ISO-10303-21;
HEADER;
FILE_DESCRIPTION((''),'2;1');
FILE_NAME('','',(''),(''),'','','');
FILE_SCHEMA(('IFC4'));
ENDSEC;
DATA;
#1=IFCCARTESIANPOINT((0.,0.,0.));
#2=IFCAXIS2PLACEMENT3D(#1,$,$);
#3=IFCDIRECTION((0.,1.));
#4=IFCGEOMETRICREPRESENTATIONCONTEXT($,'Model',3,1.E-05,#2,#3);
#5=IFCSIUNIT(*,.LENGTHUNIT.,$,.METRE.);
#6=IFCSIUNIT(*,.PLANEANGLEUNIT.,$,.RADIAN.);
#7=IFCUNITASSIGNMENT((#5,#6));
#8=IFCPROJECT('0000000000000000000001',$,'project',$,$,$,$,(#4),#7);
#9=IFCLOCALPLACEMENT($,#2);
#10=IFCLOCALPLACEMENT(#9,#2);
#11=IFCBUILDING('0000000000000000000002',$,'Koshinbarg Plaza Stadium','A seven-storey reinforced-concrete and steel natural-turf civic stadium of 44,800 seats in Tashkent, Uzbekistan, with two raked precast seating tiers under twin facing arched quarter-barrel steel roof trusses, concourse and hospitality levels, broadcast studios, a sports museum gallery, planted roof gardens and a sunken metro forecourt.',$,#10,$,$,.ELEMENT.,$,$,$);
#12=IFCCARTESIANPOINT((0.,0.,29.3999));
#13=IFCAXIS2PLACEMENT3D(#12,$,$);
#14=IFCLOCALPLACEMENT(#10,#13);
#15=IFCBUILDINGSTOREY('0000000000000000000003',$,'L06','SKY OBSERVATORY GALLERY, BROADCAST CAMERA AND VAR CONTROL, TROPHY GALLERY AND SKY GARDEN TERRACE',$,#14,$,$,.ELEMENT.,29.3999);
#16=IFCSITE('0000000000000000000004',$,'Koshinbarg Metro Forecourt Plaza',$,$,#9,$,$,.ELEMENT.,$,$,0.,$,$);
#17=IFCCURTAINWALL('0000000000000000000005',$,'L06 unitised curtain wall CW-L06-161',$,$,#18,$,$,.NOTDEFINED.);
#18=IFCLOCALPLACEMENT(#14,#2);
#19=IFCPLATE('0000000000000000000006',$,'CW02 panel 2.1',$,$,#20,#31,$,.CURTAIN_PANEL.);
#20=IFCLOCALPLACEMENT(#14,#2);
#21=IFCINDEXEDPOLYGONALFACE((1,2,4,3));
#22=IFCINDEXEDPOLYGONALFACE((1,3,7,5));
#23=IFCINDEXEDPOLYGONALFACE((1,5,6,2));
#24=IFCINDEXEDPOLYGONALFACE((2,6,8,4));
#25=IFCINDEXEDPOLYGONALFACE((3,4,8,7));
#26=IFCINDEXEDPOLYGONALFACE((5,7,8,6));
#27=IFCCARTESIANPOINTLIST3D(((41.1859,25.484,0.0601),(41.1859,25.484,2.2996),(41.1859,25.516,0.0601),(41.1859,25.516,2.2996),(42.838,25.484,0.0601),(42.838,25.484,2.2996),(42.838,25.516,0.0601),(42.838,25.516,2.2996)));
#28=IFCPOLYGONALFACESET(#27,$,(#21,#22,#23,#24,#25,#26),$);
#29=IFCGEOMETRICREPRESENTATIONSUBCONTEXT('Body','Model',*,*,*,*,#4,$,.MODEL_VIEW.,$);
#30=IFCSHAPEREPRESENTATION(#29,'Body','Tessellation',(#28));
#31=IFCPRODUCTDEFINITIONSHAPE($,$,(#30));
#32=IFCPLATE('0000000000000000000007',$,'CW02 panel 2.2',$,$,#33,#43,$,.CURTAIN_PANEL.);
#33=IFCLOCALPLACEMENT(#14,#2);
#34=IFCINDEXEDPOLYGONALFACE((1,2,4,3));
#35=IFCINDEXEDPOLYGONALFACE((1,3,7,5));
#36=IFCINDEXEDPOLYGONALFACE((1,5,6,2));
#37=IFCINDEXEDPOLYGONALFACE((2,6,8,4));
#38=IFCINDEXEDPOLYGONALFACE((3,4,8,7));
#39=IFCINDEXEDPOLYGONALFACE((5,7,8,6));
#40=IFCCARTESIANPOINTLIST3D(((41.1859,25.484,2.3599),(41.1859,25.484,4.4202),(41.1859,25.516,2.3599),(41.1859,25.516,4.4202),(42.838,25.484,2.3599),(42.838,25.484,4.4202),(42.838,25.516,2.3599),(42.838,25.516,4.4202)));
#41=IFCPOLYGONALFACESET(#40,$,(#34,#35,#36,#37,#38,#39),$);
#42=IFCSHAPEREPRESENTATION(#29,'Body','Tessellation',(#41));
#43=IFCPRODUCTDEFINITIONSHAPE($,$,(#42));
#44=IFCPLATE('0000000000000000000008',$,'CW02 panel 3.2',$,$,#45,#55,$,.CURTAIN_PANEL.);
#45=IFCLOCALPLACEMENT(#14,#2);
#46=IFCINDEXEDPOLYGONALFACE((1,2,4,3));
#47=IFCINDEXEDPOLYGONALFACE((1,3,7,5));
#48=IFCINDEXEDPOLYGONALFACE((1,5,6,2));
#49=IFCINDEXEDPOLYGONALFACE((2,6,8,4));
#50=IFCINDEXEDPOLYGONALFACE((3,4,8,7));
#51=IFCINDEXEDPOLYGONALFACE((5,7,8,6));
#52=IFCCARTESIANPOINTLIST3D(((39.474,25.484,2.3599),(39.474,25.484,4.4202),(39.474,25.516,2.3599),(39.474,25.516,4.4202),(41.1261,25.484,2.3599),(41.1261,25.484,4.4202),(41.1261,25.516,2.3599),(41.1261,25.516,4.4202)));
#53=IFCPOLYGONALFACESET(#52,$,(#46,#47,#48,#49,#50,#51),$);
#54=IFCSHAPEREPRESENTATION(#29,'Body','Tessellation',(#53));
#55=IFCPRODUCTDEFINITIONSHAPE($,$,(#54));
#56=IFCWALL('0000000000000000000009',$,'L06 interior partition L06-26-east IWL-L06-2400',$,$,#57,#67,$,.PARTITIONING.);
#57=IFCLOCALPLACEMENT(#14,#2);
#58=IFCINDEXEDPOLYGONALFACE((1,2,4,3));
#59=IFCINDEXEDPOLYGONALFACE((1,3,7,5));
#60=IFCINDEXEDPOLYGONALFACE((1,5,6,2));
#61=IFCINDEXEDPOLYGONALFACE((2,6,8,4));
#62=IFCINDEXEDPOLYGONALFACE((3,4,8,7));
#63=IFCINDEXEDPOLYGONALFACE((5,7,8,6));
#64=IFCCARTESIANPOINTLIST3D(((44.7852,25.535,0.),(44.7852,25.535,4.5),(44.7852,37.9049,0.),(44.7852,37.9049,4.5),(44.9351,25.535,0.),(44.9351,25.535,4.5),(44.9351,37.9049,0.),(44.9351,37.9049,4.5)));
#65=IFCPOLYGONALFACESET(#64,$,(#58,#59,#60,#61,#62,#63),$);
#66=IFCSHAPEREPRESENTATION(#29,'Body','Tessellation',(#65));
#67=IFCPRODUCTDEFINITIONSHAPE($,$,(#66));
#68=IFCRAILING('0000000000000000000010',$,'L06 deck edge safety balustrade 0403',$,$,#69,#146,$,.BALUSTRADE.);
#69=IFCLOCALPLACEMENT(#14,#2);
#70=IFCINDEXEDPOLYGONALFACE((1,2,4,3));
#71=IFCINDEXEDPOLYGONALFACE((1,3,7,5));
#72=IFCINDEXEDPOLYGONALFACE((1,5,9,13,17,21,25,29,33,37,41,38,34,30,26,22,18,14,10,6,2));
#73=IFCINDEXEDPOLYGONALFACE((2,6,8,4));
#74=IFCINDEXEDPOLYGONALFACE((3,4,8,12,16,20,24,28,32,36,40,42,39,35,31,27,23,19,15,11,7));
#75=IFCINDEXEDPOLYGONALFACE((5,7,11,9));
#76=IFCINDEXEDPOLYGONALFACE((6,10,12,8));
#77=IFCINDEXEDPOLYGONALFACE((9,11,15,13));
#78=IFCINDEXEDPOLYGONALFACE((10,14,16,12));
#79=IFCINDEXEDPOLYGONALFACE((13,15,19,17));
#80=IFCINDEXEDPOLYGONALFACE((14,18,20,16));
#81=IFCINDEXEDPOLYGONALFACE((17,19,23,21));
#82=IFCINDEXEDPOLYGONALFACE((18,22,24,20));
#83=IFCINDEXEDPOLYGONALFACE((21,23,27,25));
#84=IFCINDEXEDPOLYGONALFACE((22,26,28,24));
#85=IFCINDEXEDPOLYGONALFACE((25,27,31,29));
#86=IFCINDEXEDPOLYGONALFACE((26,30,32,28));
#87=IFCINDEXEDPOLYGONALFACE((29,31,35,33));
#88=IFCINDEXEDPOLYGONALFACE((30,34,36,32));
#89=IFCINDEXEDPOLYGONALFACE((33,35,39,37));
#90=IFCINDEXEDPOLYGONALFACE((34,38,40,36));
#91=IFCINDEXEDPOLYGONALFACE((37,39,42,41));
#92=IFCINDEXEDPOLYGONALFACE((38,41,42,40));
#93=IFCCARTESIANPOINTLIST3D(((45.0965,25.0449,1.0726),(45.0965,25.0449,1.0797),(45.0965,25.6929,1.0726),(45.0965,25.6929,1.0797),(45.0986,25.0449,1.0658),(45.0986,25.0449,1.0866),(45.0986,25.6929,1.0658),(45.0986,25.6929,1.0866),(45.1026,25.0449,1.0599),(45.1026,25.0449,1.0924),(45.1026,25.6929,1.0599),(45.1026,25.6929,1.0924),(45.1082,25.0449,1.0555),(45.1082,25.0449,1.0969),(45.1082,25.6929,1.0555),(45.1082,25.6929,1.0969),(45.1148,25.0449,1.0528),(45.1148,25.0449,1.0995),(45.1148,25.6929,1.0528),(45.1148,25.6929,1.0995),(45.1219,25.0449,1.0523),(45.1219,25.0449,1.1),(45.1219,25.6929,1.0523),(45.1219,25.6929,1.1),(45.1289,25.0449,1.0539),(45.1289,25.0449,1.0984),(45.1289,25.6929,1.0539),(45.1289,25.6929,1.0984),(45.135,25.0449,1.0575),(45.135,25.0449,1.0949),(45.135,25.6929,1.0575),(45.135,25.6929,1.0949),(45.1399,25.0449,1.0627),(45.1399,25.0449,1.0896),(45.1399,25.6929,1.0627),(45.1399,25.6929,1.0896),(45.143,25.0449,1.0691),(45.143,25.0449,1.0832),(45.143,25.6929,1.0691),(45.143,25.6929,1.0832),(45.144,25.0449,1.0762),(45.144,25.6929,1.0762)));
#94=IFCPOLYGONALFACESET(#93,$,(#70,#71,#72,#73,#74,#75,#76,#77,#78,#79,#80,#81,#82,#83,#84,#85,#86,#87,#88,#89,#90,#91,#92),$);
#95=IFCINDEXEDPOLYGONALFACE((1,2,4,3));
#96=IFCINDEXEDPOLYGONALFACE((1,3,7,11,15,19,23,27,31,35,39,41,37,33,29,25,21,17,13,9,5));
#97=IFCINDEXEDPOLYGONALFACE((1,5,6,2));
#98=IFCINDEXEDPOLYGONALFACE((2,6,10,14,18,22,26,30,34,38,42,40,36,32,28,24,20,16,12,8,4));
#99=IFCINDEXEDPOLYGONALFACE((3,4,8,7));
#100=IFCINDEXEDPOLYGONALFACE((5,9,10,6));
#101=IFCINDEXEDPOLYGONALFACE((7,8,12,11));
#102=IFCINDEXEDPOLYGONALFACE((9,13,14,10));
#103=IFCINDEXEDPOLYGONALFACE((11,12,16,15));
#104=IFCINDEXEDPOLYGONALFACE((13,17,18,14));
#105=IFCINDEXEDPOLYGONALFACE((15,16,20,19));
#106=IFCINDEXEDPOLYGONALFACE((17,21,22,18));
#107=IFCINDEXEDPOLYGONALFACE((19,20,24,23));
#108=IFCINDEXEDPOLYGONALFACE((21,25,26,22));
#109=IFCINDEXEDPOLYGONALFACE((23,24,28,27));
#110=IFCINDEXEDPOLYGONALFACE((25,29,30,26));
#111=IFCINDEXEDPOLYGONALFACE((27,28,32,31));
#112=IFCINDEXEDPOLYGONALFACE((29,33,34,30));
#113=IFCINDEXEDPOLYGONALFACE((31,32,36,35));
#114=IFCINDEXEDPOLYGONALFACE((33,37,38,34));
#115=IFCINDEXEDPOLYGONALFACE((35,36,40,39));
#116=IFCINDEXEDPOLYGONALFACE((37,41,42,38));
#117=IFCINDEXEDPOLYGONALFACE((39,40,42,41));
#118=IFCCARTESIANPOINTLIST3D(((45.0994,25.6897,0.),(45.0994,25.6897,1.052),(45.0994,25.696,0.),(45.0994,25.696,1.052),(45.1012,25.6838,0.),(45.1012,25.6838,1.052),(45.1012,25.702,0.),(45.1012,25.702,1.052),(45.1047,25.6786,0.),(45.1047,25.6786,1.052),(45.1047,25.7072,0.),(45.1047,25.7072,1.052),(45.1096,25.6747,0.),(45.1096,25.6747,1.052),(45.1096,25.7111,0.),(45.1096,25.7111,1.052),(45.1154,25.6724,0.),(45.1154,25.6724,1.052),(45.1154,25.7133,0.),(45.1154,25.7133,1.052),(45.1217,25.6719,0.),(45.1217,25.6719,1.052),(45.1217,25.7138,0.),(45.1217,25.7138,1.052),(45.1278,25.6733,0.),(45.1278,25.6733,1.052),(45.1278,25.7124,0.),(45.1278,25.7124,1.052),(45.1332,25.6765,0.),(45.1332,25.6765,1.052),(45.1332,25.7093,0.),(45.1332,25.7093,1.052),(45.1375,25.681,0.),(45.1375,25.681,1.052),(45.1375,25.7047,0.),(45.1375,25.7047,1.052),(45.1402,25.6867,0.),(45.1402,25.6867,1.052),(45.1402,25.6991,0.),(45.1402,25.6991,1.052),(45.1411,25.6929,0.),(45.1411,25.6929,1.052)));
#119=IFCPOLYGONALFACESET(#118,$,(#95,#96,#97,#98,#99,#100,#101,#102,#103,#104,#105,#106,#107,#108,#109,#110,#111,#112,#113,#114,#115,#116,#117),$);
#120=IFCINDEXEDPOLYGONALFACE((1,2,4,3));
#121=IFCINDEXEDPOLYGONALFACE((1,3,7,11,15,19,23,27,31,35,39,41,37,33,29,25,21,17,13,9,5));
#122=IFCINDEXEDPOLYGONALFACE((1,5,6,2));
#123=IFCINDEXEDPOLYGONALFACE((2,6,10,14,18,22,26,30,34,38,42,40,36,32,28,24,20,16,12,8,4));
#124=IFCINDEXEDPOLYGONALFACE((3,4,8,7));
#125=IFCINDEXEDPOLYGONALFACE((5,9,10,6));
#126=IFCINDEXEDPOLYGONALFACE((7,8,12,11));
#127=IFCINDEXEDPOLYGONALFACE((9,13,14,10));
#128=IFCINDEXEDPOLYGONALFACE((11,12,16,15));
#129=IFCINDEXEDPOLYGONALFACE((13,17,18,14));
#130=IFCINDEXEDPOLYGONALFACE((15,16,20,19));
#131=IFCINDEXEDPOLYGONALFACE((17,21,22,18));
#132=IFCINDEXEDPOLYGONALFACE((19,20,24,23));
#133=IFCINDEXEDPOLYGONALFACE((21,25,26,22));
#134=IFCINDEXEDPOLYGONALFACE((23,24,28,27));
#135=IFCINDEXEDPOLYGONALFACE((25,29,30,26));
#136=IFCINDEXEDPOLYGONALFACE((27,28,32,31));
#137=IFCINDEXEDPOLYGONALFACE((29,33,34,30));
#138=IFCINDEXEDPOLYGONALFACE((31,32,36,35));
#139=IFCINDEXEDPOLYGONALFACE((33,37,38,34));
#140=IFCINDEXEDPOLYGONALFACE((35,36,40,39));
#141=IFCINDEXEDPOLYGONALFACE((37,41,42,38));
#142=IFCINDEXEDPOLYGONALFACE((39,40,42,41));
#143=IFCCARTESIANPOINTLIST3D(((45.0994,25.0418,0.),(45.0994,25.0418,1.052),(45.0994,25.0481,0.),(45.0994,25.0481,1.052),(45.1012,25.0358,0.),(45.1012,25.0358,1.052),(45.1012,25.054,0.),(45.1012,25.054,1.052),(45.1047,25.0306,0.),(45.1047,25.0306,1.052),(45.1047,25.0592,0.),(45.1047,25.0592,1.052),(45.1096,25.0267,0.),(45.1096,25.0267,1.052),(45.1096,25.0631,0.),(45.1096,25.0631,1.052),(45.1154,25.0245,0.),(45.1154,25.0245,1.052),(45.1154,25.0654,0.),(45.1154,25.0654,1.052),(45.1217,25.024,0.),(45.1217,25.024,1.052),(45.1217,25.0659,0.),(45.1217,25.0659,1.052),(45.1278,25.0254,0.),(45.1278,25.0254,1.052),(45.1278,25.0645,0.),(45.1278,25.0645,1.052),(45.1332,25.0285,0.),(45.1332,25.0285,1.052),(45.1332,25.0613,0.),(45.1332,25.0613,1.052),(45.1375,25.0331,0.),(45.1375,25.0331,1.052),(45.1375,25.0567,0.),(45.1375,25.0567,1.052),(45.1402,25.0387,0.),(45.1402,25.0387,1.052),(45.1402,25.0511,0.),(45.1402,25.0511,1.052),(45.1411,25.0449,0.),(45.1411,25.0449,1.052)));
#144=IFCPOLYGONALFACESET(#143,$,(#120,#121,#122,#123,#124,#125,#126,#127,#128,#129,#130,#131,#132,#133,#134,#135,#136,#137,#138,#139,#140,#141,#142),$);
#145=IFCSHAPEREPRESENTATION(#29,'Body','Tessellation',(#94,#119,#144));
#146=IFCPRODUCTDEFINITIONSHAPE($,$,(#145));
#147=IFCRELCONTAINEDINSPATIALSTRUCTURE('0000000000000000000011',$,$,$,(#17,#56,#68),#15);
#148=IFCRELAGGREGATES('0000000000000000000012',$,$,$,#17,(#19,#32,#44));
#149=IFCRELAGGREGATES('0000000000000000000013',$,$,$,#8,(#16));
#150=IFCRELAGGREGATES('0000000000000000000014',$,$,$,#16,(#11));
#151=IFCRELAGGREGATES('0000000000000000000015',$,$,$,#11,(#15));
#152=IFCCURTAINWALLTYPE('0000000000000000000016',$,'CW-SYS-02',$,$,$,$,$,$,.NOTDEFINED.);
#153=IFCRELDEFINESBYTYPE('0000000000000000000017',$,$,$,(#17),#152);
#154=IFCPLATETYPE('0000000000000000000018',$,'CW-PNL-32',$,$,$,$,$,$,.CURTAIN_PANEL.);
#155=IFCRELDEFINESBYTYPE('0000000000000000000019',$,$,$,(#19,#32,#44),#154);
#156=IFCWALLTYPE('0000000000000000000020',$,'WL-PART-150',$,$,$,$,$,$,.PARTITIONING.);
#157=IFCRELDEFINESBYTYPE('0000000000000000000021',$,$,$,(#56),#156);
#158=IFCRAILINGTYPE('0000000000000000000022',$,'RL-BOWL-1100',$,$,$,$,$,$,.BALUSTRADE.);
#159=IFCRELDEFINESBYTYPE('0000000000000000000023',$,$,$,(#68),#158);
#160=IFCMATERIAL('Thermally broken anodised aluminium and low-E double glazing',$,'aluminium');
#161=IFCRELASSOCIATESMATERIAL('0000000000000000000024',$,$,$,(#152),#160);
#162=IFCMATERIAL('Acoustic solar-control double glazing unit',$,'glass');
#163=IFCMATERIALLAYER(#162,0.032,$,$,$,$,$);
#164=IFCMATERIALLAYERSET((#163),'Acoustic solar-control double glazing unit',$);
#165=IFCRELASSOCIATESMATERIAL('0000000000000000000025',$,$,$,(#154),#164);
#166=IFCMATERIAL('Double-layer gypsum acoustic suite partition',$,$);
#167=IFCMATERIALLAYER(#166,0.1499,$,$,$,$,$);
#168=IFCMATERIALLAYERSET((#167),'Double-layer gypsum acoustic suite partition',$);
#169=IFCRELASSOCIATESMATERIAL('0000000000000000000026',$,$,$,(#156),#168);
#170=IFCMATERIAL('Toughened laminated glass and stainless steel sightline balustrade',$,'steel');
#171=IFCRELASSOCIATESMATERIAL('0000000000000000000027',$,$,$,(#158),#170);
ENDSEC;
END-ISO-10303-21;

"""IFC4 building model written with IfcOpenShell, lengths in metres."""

from ifc_helpers import new_model, si_unit, direction, frame, frame_2d, origin, origin_2d, place, context, subcontext, project, spatial, rectangle, circle, extrude, material, layer, layer_set, type_object, element, aggregate, save


model = new_model("IFC4")

# Units and contexts
model_context = context("Model", 3, precision=1e-05, world=origin(), true_north=direction((0.0, 1.0)))
body_context = subcontext(model_context, "Body", "Model", "MODEL_VIEW")
ifc_project = project(units=[si_unit("LENGTHUNIT", "METRE"), si_unit("PLANEANGLEUNIT", "RADIAN")], contexts=[model_context])

# Site, building, storey
site_placement = place(None, origin())
site = spatial("IfcSite", under=ifc_project, at=site_placement, Name="Koshinbarg Metro Forecourt Plaza", CompositionType="ELEMENT", RefElevation=0.0)
building_placement = place(site_placement, origin())
building = spatial("IfcBuilding", under=site, at=building_placement, Name="Koshinbarg Plaza Stadium", Description="A seven-storey reinforced-concrete and steel natural-turf civic stadium of 44,800 seats in Tashkent, Uzbekistan, with two raked precast seating tiers under twin facing arched quarter-barrel steel roof trusses, concourse and hospitality levels, broadcast studios, a sports museum gallery, planted roof gardens and a sunken metro forecourt.", CompositionType="ELEMENT")
storey_placement = place(building_placement, frame((0.0, 0.0, 29.3999)))
storey = spatial("IfcBuildingStorey", under=building, at=storey_placement, Name="L06", Description="SKY OBSERVATORY GALLERY, BROADCAST CAMERA AND VAR CONTROL, TROPHY GALLERY AND SKY GARDEN TERRACE", CompositionType="ELEMENT", Elevation=29.3999)

# Curtain wall, plates
ifc_material_1 = material(Name="Thermally broken anodised aluminium and low-E double glazing", Category="aluminium")
curtain_wall_type = type_object("IfcCurtainWallType", Name="CW-SYS-02", PredefinedType="NOTDEFINED", material=ifc_material_1)
curtain_wall_placement = place(storey_placement, origin())
curtain_wall = element("IfcCurtainWall", 1, at=curtain_wall_placement, inside=storey, type_object=curtain_wall_type, Name="L06 unitised curtain wall CW-L06-161", PredefinedType="NOTDEFINED")
ifc_material_2 = material(Name="Acoustic solar-control double glazing unit", Category="glass")
ifc_layer_1 = layer(ifc_material_2, 0.032)
ifc_layer_set_1 = layer_set([ifc_layer_1], Name="Acoustic solar-control double glazing unit")
plate_type = type_object("IfcPlateType", Name="CW-PNL-32", PredefinedType="CURTAIN_PANEL", material=ifc_layer_set_1)
plate_1_placement = place(storey_placement, frame((42.012, 25.5, 0.0601), z_axis=(0.0, 0.0, 1.0), x_axis=(-1.0, 0.0, 0.0)))
plate_1 = element("IfcPlate", 2, at=plate_1_placement, type_object=plate_type, Name="CW02 panel 2.1", PredefinedType="CURTAIN_PANEL", context=body_context, shape_type="SweptSolid", body=[
    extrude(rectangle(XDim=1.6521, YDim=0.032, at=origin_2d()), origin(), (0.0, 0.0, 1.0), 2.2395),
])
plate_2_placement = place(storey_placement, frame((42.012, 25.5, 2.3599), z_axis=(0.0, 0.0, 1.0), x_axis=(-1.0, 0.0, 0.0)))
plate_2 = element("IfcPlate", 3, at=plate_2_placement, type_object=plate_type, Name="CW02 panel 2.2", PredefinedType="CURTAIN_PANEL", context=body_context, shape_type="SweptSolid", body=[
    extrude(rectangle(XDim=1.6521, YDim=0.032, at=origin_2d()), origin(), (0.0, 0.0, 1.0), 2.0603),
])
plate_3_placement = place(storey_placement, frame((40.3, 25.5, 2.3599), z_axis=(0.0, 0.0, 1.0), x_axis=(-1.0, 0.0, 0.0)))
plate_3 = element("IfcPlate", 4, at=plate_3_placement, type_object=plate_type, Name="CW02 panel 3.2", PredefinedType="CURTAIN_PANEL", context=body_context, shape_type="SweptSolid", body=[
    extrude(rectangle(XDim=1.6521, YDim=0.032, at=origin_2d()), origin(), (0.0, 0.0, 1.0), 2.0603),
])
aggregate(curtain_wall, [plate_1, plate_2, plate_3])

# Wall
ifc_material_3 = material(Name="Double-layer gypsum acoustic suite partition")
ifc_layer_2 = layer(ifc_material_3, 0.1499)
ifc_layer_set_2 = layer_set([ifc_layer_2], Name="Double-layer gypsum acoustic suite partition")
wall_type = type_object("IfcWallType", Name="WL-PART-150", PredefinedType="PARTITIONING", material=ifc_layer_set_2)
wall_placement = place(storey_placement, frame((44.8601, 25.5349, 0.0), z_axis=(0.0, 0.0, 1.0), x_axis=(0.0, 1.0, 0.0)))
element("IfcWall", 5, at=wall_placement, inside=storey, type_object=wall_type, Name="L06 interior partition L06-26-east IWL-L06-2400", PredefinedType="PARTITIONING", context=body_context, shape_type="SweptSolid", body=[
    extrude(rectangle(XDim=12.3699, YDim=0.1499, at=frame_2d((6.1851, 0.0))), origin(), (0.0, 0.0, 1.0), 4.5),
])

# Railing
ifc_material_4 = material(Name="Toughened laminated glass and stainless steel sightline balustrade", Category="steel")
railing_type = type_object("IfcRailingType", Name="RL-BOWL-1100", PredefinedType="BALUSTRADE", material=ifc_material_4)
railing_placement = place(storey_placement, frame((45.1201, 25.6929, 0.0)))
element("IfcRailing", 6, at=railing_placement, inside=storey, type_object=railing_type, Name="L06 deck edge safety balustrade 0403", PredefinedType="BALUSTRADE", context=body_context, shape_type="SweptSolid", body=[
    extrude(circle(Radius=0.0239, at=origin_2d()), frame((0.0, 0.0, 1.0762), z_axis=(0.0, -1.0, 0.0), x_axis=(1.0, 0.0, 0.0)), (0.0, 0.0, 1.0), 0.6479),
    extrude(circle(Radius=0.021, at=origin_2d()), origin(), (0.0, 0.0, 1.0), 1.052),
    extrude(circle(Radius=0.021, at=origin_2d()), frame((0.0, -0.6479, 0.0)), (0.0, 0.0, 1.0), 1.052),
])

save(model, "model.ifc")
